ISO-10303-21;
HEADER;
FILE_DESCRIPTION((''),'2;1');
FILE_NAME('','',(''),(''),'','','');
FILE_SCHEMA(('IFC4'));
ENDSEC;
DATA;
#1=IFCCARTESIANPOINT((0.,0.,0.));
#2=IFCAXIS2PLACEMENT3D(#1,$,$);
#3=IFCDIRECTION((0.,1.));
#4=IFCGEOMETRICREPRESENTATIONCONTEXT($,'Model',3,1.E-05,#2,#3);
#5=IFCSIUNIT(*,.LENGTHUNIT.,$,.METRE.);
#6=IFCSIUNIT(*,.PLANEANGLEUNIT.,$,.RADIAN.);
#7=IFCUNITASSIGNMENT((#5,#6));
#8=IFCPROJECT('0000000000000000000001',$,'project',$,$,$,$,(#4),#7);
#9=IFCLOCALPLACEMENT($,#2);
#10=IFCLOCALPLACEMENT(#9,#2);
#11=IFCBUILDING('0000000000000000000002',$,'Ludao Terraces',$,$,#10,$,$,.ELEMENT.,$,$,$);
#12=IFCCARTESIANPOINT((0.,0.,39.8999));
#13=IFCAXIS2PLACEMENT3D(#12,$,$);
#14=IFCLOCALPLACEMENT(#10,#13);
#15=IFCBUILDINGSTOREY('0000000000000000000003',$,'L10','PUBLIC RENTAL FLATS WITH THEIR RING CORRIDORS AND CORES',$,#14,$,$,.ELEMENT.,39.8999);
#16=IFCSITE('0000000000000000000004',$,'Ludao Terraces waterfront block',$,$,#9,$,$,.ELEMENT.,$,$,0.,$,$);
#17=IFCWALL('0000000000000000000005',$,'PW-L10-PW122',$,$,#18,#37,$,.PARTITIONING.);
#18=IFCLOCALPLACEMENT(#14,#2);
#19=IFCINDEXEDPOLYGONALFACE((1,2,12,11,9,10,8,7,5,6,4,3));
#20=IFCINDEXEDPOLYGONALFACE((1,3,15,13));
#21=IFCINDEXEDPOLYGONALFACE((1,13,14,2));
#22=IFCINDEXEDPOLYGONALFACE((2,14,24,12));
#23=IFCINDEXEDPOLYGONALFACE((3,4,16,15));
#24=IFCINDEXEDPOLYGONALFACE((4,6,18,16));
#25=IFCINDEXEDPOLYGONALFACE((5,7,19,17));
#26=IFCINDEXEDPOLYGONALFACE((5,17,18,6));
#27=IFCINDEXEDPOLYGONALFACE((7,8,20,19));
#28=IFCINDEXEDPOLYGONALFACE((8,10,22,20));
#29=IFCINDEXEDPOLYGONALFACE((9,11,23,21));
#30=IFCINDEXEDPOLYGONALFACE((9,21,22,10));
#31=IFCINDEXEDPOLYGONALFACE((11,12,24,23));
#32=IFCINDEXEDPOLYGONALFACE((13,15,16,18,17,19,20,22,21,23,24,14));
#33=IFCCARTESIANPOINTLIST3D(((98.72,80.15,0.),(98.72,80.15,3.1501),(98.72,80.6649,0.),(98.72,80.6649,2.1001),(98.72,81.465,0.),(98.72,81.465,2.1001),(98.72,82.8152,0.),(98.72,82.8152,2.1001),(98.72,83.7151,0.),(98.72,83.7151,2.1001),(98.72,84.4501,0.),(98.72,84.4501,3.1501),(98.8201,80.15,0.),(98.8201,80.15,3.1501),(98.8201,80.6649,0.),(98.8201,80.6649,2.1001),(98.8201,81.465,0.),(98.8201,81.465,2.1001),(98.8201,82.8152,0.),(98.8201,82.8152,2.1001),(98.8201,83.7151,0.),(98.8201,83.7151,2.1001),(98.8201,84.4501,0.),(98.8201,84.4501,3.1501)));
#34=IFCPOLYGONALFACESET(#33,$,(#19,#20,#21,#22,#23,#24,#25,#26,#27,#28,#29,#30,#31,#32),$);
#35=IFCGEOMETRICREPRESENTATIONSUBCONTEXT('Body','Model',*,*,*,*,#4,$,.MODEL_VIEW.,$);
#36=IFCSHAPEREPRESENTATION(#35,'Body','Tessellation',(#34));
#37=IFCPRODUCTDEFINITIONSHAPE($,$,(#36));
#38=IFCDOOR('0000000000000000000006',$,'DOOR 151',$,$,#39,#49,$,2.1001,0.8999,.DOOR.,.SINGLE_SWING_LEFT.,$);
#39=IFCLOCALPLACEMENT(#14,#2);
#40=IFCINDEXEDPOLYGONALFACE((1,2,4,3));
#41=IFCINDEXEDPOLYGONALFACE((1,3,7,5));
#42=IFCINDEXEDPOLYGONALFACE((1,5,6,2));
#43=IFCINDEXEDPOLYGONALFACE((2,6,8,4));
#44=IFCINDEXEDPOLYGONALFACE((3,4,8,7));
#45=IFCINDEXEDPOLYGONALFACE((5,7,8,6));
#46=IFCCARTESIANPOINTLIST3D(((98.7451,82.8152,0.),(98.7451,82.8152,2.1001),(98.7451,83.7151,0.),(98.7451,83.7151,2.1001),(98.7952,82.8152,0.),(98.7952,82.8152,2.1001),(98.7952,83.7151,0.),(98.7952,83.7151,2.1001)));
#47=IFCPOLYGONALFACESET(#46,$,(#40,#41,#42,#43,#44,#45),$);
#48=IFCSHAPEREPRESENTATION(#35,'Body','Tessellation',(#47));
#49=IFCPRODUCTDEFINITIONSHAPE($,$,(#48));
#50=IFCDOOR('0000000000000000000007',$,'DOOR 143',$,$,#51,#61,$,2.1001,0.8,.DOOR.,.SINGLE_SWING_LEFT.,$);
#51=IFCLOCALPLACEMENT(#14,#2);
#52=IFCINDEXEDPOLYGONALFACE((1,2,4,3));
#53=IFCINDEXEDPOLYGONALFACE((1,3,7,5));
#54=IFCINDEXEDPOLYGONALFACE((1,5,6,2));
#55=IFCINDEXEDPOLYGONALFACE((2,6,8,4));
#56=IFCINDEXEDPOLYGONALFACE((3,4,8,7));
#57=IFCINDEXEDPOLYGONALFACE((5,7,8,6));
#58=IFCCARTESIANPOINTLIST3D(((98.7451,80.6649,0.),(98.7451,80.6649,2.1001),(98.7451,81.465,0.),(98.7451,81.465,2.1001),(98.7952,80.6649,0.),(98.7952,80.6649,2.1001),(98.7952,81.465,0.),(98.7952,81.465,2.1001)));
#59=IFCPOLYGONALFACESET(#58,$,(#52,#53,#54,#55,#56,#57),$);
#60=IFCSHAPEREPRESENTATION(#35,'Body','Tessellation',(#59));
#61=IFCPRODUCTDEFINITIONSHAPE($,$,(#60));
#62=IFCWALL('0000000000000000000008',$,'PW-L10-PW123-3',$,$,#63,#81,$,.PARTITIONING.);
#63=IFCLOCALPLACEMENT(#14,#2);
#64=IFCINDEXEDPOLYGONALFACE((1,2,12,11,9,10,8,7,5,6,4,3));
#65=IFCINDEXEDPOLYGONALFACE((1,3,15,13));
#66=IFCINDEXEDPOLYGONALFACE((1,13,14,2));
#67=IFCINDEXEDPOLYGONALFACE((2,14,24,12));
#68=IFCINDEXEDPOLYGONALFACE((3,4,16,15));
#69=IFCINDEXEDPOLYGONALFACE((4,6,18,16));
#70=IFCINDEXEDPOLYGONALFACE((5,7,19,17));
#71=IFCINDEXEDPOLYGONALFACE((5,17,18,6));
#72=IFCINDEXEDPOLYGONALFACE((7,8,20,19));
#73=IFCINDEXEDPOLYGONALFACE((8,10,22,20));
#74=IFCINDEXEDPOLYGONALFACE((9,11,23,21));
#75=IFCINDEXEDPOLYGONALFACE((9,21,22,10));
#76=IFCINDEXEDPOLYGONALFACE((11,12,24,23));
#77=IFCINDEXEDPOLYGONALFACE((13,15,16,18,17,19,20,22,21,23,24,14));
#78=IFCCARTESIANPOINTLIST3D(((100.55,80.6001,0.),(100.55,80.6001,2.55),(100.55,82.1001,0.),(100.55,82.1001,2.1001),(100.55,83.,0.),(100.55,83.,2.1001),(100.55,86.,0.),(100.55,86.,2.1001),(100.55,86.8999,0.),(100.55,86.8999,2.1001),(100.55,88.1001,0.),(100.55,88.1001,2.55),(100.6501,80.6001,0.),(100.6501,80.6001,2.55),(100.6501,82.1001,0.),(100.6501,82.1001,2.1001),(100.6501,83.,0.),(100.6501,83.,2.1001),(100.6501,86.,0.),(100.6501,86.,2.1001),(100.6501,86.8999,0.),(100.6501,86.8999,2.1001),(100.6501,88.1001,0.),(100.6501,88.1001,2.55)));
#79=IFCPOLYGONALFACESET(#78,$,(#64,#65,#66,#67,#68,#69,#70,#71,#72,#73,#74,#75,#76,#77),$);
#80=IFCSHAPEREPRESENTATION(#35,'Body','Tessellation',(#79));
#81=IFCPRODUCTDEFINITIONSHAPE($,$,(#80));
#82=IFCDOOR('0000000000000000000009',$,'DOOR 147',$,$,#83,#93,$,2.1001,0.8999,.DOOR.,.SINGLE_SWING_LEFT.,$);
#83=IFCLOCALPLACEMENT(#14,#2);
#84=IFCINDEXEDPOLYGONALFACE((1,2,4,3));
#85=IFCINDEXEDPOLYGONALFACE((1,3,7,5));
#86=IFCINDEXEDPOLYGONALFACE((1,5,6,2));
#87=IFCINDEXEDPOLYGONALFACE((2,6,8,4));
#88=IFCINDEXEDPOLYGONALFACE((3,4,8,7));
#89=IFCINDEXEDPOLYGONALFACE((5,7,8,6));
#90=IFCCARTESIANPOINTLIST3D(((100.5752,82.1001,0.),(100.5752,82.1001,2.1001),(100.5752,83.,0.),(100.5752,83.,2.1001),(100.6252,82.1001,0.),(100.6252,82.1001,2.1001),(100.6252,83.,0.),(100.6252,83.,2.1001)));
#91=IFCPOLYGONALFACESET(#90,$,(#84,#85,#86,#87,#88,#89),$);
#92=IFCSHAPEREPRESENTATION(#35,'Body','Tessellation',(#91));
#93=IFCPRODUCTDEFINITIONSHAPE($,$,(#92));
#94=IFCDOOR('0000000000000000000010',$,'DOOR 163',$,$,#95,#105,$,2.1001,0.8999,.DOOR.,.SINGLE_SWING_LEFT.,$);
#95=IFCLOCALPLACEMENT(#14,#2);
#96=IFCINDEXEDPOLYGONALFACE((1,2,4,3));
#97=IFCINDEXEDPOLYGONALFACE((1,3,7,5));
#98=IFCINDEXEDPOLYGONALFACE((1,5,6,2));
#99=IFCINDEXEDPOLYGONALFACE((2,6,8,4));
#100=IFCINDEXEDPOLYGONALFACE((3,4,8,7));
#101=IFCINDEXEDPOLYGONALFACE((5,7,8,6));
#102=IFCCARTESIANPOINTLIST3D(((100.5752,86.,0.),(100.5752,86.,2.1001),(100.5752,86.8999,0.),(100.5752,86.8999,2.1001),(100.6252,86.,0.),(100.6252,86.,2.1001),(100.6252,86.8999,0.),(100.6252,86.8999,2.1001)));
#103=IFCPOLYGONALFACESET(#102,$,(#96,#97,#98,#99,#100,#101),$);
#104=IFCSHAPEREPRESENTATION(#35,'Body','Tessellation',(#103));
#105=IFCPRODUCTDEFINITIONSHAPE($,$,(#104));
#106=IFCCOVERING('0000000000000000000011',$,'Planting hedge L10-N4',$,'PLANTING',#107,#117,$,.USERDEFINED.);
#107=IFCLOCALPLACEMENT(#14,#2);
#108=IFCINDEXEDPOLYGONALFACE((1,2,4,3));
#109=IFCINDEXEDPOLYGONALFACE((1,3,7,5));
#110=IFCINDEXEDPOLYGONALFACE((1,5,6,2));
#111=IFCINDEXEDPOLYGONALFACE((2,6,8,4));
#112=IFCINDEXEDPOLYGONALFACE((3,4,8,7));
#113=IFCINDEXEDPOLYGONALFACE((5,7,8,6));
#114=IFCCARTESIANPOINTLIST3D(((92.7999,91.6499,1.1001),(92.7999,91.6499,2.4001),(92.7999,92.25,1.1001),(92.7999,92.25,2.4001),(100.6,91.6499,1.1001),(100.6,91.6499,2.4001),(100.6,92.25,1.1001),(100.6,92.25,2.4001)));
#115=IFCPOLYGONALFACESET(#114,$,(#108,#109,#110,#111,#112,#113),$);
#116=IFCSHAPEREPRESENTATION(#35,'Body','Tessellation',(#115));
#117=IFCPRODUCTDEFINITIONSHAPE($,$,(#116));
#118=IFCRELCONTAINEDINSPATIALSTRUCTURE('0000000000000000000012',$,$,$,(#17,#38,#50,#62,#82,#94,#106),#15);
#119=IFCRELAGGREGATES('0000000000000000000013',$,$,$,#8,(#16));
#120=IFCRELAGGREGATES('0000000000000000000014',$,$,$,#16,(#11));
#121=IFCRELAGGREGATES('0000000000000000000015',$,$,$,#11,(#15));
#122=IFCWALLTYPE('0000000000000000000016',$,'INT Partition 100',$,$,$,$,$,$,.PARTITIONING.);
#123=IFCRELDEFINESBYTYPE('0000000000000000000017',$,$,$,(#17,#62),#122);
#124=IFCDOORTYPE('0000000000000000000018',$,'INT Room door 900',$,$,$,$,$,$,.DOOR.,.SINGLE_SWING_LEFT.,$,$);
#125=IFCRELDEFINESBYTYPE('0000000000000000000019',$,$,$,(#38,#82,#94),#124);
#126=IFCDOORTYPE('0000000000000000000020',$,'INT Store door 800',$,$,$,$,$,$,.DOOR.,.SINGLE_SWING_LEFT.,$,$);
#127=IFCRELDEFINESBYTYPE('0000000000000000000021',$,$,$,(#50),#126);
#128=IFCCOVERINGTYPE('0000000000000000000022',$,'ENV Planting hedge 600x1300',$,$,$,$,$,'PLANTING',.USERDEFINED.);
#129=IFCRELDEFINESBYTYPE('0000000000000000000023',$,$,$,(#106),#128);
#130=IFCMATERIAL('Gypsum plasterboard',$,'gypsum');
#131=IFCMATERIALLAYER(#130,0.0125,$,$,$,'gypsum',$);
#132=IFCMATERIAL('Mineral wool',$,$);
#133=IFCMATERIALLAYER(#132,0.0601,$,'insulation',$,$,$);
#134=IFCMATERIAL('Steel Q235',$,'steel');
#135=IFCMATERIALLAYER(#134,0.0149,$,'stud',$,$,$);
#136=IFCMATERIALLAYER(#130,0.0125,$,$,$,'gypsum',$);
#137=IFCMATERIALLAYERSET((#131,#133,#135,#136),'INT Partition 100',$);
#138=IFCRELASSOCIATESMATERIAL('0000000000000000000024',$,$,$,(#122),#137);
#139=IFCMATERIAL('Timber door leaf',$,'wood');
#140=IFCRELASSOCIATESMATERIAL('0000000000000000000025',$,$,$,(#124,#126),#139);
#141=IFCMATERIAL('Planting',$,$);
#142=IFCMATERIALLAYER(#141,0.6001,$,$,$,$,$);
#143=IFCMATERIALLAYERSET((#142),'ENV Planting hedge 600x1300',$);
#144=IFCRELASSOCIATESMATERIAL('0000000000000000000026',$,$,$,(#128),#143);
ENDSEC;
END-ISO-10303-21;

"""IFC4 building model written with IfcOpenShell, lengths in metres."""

from ifc_helpers import new_model, si_unit, direction, frame, frame_2d, origin, origin_2d, place, context, subcontext, project, spatial, rectangle, extrude, material, layer, layer_set, type_object, element, fill, save


model = new_model("IFC4")

# Units and contexts
model_context = context("Model", 3, precision=1e-05, world=origin(), true_north=direction((0.0, 1.0)))
body_context = subcontext(model_context, "Body", "Model", "MODEL_VIEW")
ifc_project = project(units=[si_unit("LENGTHUNIT", "METRE"), si_unit("PLANEANGLEUNIT", "RADIAN")], contexts=[model_context])

# Site, building, storey
site_placement = place(None, origin())
site = spatial("IfcSite", under=ifc_project, at=site_placement, Name="Ludao Terraces waterfront block", CompositionType="ELEMENT", RefElevation=0.0)
building_placement = place(site_placement, origin())
building = spatial("IfcBuilding", under=site, at=building_placement, Name="Ludao Terraces", CompositionType="ELEMENT")
storey_placement = place(building_placement, frame((0.0, 0.0, 39.8999)))
storey = spatial("IfcBuildingStorey", under=building, at=storey_placement, Name="L10", Description="PUBLIC RENTAL FLATS WITH THEIR RING CORRIDORS AND CORES", CompositionType="ELEMENT", Elevation=39.8999)

# Shared definitions
ifc_material_1 = material(Name="Gypsum plasterboard", Category="gypsum")
ifc_layer_1 = layer(ifc_material_1, 0.0125, Category="gypsum")
ifc_material_2 = material(Name="Mineral wool")
ifc_layer_2 = layer(ifc_material_2, 0.0601, Name="insulation")
ifc_material_3 = material(Name="Steel Q235", Category="steel")
ifc_layer_3 = layer(ifc_material_3, 0.0149, Name="stud")
ifc_layer_4 = layer(ifc_material_1, 0.0125, Category="gypsum")
ifc_layer_set_1 = layer_set([ifc_layer_1, ifc_layer_2, ifc_layer_3, ifc_layer_4], Name="INT Partition 100")
wall_type_1 = type_object("IfcWallType", Name="INT Partition 100", PredefinedType="PARTITIONING", material=ifc_layer_set_1)

# Shared definitions
ifc_material_4 = material(Name="Timber door leaf", Category="wood")
door_type_1 = type_object("IfcDoorType", Name="INT Room door 900", OperationType="SINGLE_SWING_LEFT", PredefinedType="DOOR", material=ifc_material_4)

# Walls, openings, doors
wall_1_placement = place(storey_placement, frame((98.77, 80.1501, 0.0), z_axis=(0.0, 0.0, 1.0), x_axis=(0.0, 1.0, 0.0)))
wall_1 = element("IfcWall", 1, at=wall_1_placement, inside=storey, type_object=wall_type_1, Name="PW-L10-PW122", PredefinedType="PARTITIONING", context=body_context, shape_type="SweptSolid", body=[
    extrude(rectangle(XDim=4.3, YDim=0.1001, at=frame_2d((2.1499, 0.0))), origin(), (0.0, 0.0, 1.0), 3.1501),
])
opening_1_placement = place(wall_1_placement, frame((0.5149, 0.0, 0.0)))
opening_1 = element("IfcOpeningElement", 2, at=opening_1_placement, cuts=wall_1, PredefinedType="OPENING", context=body_context, shape_type="SweptSolid", body=[
    extrude(rectangle(XDim=0.8, YDim=2.1001, at=frame_2d((0.3999, 1.05))), frame((0.0, 0.0601, 0.0), z_axis=(0.0, -1.0, 0.0), x_axis=(1.0, 0.0, 0.0)), (0.0, 0.0, 1.0), 0.1201),
])
opening_2_placement = place(wall_1_placement, frame((2.665, 0.0, 0.0)))
opening_2 = element("IfcOpeningElement", 3, at=opening_2_placement, cuts=wall_1, PredefinedType="OPENING", context=body_context, shape_type="SweptSolid", body=[
    extrude(rectangle(XDim=0.8999, YDim=2.1001, at=frame_2d((0.45, 1.05))), frame((0.0, 0.0601, 0.0), z_axis=(0.0, -1.0, 0.0), x_axis=(1.0, 0.0, 0.0)), (0.0, 0.0, 1.0), 0.1201),
])
door_1_placement = place(opening_2_placement, origin())
door_1 = element("IfcDoor", 4, at=door_1_placement, inside=storey, type_object=door_type_1, Name="DOOR 151", OperationType="SINGLE_SWING_LEFT", OverallHeight=2.1001, OverallWidth=0.8999, PredefinedType="DOOR", context=body_context, shape_type="SweptSolid", body=[
    extrude(rectangle(XDim=0.8999, YDim=2.1001, at=frame_2d((0.45, 1.05))), frame((0.0, 0.0249, 0.0), z_axis=(0.0, -1.0, 0.0), x_axis=(1.0, 0.0, 0.0)), (0.0, 0.0, 1.0), 0.05),
])
fill(opening_2, door_1)
door_type_2 = type_object("IfcDoorType", Name="INT Store door 800", OperationType="SINGLE_SWING_LEFT", PredefinedType="DOOR", material=ifc_material_4)
door_2_placement = place(opening_1_placement, origin())
door_2 = element("IfcDoor", 5, at=door_2_placement, inside=storey, type_object=door_type_2, Name="DOOR 143", OperationType="SINGLE_SWING_LEFT", OverallHeight=2.1001, OverallWidth=0.8, PredefinedType="DOOR", context=body_context, shape_type="SweptSolid", body=[
    extrude(rectangle(XDim=0.8, YDim=2.1001, at=frame_2d((0.3999, 1.05))), frame((0.0, 0.0249, 0.0), z_axis=(0.0, -1.0, 0.0), x_axis=(1.0, 0.0, 0.0)), (0.0, 0.0, 1.0), 0.05),
])
fill(opening_1, door_2)
wall_2_placement = place(storey_placement, frame((100.6001, 80.6001, 0.0), z_axis=(0.0, 0.0, 1.0), x_axis=(0.0, 1.0, 0.0)))
wall_2 = element("IfcWall", 6, at=wall_2_placement, inside=storey, type_object=wall_type_1, Name="PW-L10-PW123-3", PredefinedType="PARTITIONING", context=body_context, shape_type="SweptSolid", body=[
    extrude(rectangle(XDim=7.5, YDim=0.1001, at=frame_2d((3.75, 0.0))), origin(), (0.0, 0.0, 1.0), 2.55),
])
opening_3_placement = place(wall_2_placement, frame((1.5, 0.0, 0.0)))
opening_3 = element("IfcOpeningElement", 7, at=opening_3_placement, cuts=wall_2, PredefinedType="OPENING", context=body_context, shape_type="SweptSolid", body=[
    extrude(rectangle(XDim=0.8999, YDim=2.1001, at=frame_2d((0.45, 1.05))), frame((0.0, 0.0601, 0.0), z_axis=(0.0, -1.0, 0.0), x_axis=(1.0, 0.0, 0.0)), (0.0, 0.0, 1.0), 0.1201),
])
opening_4_placement = place(wall_2_placement, frame((5.3999, 0.0, 0.0)))
opening_4 = element("IfcOpeningElement", 8, at=opening_4_placement, cuts=wall_2, PredefinedType="OPENING", context=body_context, shape_type="SweptSolid", body=[
    extrude(rectangle(XDim=0.8999, YDim=2.1001, at=frame_2d((0.45, 1.05))), frame((0.0, 0.0601, 0.0), z_axis=(0.0, -1.0, 0.0), x_axis=(1.0, 0.0, 0.0)), (0.0, 0.0, 1.0), 0.1201),
])
door_3_placement = place(opening_3_placement, origin())
door_3 = element("IfcDoor", 9, at=door_3_placement, inside=storey, type_object=door_type_1, Name="DOOR 147", OperationType="SINGLE_SWING_LEFT", OverallHeight=2.1001, OverallWidth=0.8999, PredefinedType="DOOR", context=body_context, shape_type="SweptSolid", body=[
    extrude(rectangle(XDim=0.8999, YDim=2.1001, at=frame_2d((0.45, 1.05))), frame((0.0, 0.0249, 0.0), z_axis=(0.0, -1.0, 0.0), x_axis=(1.0, 0.0, 0.0)), (0.0, 0.0, 1.0), 0.05),
])
fill(opening_3, door_3)
door_4_placement = place(opening_4_placement, origin())
door_4 = element("IfcDoor", 10, at=door_4_placement, inside=storey, type_object=door_type_1, Name="DOOR 163", OperationType="SINGLE_SWING_LEFT", OverallHeight=2.1001, OverallWidth=0.8999, PredefinedType="DOOR", context=body_context, shape_type="SweptSolid", body=[
    extrude(rectangle(XDim=0.8999, YDim=2.1001, at=frame_2d((0.45, 1.05))), frame((0.0, 0.0249, 0.0), z_axis=(0.0, -1.0, 0.0), x_axis=(1.0, 0.0, 0.0)), (0.0, 0.0, 1.0), 0.05),
])
fill(opening_4, door_4)

# Covering
ifc_material_5 = material(Name="Planting")
ifc_layer_5 = layer(ifc_material_5, 0.6001)
ifc_layer_set_2 = layer_set([ifc_layer_5], Name="ENV Planting hedge 600x1300")
covering_type = type_object("IfcCoveringType", Name="ENV Planting hedge 600x1300", ElementType="PLANTING", PredefinedType="USERDEFINED", material=ifc_layer_set_2)
covering_placement = place(storey_placement, frame((96.7, 91.95, 1.1001), z_axis=(0.0, 0.0, 1.0), x_axis=(1.0, 0.0, 0.0)))
element("IfcCovering", 11, at=covering_placement, inside=storey, type_object=covering_type, Name="Planting hedge L10-N4", ObjectType="PLANTING", PredefinedType="USERDEFINED", context=body_context, shape_type="SweptSolid", body=[
    extrude(rectangle(XDim=7.8, YDim=0.6001, at=origin_2d()), origin(), (0.0, 0.0, 1.0), 1.3),
])

save(model, "model.ifc")
